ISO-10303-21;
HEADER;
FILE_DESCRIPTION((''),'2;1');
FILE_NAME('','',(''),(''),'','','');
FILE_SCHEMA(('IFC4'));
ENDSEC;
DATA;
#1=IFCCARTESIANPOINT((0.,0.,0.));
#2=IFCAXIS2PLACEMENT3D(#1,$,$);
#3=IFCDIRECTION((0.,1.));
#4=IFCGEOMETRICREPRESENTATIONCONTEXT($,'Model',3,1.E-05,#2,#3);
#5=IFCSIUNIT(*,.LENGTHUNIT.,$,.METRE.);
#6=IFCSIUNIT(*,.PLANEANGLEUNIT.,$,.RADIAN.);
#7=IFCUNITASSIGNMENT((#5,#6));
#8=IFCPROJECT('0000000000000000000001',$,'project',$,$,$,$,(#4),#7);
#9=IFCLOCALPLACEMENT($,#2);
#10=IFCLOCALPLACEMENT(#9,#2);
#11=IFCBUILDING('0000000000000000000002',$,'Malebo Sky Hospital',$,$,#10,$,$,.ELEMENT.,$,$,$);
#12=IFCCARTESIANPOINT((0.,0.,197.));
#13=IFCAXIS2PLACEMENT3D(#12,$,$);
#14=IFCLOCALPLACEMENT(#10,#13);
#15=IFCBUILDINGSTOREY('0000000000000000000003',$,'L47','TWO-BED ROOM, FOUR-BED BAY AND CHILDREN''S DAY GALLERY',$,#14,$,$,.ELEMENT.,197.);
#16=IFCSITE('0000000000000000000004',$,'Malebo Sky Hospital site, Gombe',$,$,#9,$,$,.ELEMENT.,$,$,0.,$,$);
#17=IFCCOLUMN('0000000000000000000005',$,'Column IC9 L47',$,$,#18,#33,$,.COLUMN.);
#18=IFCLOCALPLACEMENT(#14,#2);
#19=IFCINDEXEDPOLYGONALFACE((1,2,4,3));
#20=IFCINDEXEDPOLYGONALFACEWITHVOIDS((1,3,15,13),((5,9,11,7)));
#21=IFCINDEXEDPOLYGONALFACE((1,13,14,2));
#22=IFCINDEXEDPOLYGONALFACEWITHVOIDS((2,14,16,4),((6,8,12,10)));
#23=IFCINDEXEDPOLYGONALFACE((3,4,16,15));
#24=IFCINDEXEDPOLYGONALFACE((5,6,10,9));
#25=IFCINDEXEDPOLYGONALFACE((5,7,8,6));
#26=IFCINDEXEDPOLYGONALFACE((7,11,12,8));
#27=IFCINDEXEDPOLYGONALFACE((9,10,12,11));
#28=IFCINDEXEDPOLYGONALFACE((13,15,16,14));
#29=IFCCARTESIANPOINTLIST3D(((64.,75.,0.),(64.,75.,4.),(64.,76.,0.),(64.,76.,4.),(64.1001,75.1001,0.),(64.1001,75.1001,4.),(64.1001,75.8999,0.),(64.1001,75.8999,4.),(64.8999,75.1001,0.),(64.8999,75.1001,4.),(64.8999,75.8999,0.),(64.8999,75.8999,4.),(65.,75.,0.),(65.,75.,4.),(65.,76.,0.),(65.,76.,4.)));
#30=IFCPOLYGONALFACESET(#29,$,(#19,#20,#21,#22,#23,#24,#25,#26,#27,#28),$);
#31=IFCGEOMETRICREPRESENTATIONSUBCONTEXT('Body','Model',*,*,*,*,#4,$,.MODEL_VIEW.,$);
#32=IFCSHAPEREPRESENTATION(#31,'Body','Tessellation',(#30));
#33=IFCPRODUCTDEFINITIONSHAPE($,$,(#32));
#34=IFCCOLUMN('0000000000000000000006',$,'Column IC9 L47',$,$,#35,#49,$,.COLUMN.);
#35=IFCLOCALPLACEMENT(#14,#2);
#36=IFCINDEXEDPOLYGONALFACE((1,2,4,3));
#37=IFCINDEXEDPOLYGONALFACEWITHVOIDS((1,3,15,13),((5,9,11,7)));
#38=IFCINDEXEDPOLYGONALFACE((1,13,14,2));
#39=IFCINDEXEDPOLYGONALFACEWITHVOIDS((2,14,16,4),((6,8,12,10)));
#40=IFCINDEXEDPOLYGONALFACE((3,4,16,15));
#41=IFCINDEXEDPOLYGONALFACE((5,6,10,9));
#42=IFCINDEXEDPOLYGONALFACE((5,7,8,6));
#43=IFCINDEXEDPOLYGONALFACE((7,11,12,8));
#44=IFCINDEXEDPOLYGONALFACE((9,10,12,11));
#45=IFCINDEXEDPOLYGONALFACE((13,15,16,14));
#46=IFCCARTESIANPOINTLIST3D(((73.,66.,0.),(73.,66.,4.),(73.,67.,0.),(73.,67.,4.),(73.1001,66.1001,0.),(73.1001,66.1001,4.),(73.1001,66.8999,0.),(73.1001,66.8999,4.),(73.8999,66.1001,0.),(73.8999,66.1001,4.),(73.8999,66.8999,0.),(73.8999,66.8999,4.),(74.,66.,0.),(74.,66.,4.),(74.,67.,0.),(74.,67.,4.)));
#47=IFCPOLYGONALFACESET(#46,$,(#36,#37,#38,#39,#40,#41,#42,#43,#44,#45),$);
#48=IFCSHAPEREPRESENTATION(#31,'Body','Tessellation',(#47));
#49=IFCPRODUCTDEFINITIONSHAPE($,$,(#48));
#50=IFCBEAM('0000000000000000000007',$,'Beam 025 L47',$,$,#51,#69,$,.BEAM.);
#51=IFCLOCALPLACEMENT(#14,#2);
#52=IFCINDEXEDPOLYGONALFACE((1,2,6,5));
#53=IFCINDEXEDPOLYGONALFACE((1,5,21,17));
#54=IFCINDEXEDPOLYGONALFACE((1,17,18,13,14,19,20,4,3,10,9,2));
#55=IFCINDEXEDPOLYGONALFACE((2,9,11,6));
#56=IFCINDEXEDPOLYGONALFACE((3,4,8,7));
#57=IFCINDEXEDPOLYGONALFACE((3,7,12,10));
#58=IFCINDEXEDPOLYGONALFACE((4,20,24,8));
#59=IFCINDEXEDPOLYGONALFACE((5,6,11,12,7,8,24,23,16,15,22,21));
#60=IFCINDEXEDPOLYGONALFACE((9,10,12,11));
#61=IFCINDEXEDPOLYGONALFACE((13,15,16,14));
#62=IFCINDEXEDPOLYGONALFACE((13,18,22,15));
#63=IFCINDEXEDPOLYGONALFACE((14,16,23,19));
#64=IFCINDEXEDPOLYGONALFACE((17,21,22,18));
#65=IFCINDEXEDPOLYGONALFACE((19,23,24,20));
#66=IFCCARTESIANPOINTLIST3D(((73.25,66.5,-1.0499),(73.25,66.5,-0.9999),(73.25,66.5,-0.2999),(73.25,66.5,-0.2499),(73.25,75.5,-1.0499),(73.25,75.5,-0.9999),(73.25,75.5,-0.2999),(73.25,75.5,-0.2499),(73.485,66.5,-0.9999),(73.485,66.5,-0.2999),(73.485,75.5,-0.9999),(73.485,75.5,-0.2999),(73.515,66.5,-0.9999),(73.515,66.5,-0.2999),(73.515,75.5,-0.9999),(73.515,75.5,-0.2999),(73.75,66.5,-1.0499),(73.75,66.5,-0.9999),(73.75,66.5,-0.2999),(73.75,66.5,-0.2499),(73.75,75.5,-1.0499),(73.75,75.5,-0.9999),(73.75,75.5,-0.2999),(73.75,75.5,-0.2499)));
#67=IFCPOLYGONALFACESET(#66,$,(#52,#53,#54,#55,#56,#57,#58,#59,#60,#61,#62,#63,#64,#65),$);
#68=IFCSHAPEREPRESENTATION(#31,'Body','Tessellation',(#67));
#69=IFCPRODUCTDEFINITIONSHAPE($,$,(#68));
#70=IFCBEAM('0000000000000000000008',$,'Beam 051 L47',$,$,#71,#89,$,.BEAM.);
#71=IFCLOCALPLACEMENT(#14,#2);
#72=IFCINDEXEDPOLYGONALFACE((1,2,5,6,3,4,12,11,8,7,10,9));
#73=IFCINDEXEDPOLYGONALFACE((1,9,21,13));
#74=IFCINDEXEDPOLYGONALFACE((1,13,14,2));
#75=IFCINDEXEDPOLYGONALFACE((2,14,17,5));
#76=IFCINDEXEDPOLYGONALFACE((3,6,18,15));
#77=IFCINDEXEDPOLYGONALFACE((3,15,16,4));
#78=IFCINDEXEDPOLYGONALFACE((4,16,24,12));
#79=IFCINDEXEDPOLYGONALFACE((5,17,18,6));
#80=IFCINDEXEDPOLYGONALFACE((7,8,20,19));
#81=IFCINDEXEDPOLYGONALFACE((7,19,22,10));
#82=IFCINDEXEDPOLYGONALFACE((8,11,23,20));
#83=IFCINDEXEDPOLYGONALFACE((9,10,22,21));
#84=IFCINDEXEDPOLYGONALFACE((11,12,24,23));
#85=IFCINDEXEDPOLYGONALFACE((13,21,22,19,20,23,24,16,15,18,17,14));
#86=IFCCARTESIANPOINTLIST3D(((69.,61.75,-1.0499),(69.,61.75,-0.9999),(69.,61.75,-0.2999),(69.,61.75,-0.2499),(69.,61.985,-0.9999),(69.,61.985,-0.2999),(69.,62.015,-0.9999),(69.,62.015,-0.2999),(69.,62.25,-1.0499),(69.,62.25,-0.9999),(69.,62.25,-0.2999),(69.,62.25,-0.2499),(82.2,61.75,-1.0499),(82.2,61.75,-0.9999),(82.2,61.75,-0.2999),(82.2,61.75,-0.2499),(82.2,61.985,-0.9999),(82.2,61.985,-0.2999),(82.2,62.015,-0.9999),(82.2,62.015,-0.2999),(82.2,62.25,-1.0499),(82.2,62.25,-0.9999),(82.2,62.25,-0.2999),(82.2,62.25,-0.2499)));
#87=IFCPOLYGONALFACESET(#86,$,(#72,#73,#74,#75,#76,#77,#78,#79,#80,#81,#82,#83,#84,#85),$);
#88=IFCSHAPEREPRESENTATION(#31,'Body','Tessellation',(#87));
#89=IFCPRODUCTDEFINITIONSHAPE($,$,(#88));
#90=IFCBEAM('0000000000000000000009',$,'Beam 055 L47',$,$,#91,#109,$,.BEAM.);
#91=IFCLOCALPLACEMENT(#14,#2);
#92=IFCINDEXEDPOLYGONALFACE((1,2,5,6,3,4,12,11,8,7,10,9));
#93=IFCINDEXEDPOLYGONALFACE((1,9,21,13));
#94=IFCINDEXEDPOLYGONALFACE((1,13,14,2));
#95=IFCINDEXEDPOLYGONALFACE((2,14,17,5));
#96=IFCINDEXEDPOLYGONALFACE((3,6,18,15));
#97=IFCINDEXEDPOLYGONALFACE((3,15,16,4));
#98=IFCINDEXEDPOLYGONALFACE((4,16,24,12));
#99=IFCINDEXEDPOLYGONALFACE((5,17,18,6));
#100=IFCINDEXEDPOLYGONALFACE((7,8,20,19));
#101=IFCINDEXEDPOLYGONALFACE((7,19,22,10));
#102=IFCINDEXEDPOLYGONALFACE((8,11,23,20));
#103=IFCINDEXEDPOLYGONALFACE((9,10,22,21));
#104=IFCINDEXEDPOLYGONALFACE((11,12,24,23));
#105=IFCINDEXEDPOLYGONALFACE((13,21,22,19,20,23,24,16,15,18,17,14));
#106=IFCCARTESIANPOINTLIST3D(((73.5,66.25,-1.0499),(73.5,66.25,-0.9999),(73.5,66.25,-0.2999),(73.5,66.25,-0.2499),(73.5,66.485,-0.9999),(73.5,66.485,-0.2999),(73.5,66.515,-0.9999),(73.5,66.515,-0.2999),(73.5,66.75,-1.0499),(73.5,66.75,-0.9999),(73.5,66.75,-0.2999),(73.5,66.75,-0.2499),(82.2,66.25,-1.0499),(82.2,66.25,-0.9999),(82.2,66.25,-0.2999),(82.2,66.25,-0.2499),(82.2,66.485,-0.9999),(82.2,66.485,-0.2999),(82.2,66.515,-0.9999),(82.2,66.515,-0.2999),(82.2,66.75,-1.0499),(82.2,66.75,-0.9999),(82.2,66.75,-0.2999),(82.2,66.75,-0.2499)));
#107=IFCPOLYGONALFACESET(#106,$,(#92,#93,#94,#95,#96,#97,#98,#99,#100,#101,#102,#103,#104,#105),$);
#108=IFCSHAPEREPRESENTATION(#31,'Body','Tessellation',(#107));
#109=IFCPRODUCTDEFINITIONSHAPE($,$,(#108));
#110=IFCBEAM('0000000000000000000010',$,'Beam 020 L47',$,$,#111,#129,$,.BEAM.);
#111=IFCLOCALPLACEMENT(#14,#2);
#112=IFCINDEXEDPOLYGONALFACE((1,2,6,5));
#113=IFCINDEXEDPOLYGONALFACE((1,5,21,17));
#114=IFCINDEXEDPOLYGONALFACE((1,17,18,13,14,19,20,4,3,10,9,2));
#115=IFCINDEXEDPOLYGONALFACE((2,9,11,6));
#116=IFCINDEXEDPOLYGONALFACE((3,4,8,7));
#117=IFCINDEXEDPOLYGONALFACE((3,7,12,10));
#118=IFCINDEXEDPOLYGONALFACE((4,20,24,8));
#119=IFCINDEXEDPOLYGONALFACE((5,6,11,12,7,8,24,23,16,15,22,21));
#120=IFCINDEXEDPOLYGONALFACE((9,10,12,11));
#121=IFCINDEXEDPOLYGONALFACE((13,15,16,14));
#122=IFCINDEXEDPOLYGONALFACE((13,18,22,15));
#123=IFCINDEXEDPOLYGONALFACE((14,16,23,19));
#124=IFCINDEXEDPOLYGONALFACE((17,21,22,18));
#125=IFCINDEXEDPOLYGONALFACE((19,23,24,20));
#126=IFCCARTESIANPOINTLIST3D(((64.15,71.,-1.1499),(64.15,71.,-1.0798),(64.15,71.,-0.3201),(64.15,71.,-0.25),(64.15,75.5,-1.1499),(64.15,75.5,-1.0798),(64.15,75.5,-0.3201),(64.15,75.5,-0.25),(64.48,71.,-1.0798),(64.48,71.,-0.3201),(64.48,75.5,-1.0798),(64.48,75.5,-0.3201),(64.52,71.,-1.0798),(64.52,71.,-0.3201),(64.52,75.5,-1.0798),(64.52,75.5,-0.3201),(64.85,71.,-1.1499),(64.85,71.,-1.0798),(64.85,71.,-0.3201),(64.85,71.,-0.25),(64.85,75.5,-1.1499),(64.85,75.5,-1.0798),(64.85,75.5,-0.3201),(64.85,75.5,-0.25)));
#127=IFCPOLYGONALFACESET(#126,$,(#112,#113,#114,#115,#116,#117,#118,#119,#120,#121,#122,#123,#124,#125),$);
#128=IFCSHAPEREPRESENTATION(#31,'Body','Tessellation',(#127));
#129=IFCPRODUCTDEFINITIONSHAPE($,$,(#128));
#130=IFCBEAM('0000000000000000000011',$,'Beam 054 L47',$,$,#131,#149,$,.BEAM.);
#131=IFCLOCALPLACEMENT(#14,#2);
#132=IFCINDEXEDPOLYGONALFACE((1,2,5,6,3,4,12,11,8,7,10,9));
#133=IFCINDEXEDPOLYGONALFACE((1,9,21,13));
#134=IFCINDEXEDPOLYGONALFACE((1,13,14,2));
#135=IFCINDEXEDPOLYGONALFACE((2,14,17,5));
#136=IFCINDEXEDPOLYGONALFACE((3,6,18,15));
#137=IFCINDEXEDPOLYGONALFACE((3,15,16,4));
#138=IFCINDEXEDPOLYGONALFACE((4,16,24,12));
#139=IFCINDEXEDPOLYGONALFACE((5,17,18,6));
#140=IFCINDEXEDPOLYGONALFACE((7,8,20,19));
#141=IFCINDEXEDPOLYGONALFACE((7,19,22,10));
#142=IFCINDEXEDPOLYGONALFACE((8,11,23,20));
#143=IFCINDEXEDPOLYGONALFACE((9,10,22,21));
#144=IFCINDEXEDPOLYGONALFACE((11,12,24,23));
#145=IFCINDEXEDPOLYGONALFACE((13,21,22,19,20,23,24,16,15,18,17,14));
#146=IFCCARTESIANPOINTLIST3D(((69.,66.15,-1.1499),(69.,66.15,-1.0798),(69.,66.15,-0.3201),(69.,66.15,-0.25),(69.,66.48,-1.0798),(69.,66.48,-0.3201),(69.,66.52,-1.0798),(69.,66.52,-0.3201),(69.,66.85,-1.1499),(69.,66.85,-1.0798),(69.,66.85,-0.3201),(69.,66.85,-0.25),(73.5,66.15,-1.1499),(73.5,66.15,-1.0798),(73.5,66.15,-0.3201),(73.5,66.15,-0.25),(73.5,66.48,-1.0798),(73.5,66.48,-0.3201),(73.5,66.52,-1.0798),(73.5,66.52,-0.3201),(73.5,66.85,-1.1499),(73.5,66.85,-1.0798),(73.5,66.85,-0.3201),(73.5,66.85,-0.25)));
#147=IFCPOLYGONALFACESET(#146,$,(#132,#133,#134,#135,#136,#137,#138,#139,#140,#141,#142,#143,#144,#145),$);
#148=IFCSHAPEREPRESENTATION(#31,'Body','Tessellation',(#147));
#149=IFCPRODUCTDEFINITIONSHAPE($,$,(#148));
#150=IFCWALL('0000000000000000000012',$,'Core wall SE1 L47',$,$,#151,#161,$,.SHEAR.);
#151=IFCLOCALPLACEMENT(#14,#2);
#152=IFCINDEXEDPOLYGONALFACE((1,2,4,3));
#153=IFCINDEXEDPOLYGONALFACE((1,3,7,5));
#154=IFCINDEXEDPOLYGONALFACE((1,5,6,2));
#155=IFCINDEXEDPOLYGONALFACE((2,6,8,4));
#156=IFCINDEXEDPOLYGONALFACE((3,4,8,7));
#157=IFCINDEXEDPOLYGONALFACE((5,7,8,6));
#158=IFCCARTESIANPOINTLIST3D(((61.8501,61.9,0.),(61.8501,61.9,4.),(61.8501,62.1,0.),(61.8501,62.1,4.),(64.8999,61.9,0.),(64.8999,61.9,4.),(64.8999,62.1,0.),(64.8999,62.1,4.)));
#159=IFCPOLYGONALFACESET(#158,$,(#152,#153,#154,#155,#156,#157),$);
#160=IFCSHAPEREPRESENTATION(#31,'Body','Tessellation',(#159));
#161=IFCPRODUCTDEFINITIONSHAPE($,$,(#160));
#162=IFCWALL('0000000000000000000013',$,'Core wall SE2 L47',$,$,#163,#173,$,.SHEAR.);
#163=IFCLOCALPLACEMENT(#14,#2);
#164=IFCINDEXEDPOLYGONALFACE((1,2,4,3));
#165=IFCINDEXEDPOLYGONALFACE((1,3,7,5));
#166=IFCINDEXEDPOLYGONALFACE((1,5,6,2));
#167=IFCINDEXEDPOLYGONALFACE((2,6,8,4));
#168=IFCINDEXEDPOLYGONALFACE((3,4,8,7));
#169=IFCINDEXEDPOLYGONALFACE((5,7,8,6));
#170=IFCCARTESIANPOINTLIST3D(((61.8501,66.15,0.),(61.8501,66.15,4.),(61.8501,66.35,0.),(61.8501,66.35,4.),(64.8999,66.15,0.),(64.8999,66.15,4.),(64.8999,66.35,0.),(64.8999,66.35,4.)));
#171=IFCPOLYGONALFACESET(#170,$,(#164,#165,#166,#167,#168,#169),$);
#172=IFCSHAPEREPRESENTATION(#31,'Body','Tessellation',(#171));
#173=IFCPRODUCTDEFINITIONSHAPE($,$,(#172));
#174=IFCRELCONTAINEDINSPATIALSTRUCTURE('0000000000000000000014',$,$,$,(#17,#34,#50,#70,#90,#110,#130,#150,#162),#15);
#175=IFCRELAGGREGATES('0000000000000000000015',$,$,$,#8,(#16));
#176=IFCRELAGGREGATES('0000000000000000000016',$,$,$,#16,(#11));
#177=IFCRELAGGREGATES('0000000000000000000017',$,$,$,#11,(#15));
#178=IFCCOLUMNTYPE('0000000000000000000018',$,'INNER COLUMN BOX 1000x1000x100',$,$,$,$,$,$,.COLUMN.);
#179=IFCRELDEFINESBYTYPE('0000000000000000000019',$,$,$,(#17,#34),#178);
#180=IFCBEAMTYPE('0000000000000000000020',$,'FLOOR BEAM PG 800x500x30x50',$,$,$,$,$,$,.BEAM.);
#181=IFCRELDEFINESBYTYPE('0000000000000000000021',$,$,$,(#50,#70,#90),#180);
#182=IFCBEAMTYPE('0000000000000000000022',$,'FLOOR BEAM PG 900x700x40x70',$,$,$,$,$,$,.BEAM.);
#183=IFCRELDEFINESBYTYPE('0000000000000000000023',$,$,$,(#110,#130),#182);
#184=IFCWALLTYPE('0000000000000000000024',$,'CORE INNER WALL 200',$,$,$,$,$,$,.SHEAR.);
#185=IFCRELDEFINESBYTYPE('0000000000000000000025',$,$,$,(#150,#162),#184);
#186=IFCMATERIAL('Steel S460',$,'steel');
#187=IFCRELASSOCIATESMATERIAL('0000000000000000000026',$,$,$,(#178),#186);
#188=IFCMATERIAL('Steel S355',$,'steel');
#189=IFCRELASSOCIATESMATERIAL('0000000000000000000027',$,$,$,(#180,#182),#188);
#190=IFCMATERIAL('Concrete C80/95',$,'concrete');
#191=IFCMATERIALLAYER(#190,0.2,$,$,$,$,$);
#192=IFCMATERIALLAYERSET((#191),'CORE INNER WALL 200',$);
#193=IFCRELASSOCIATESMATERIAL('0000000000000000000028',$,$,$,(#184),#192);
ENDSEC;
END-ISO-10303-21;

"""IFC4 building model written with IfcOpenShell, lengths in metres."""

from ifc_helpers import new_model, si_unit, direction, frame, frame_2d, origin, origin_2d, place, context, subcontext, project, spatial, rectangle, hollow_rectangle, i_section, extrude, material, layer, layer_set, material_profile, profile_set, type_object, element, save


model = new_model("IFC4")

# Units and contexts
model_context = context("Model", 3, precision=1e-05, world=origin(), true_north=direction((0.0, 1.0)))
body_context = subcontext(model_context, "Body", "Model", "MODEL_VIEW")
ifc_project = project(units=[si_unit("LENGTHUNIT", "METRE"), si_unit("PLANEANGLEUNIT", "RADIAN")], contexts=[model_context])

# Site, building, storey
site_placement = place(None, origin())
site = spatial("IfcSite", under=ifc_project, at=site_placement, Name="Malebo Sky Hospital site, Gombe", CompositionType="ELEMENT", RefElevation=0.0)
building_placement = place(site_placement, origin())
building = spatial("IfcBuilding", under=site, at=building_placement, Name="Malebo Sky Hospital", CompositionType="ELEMENT")
storey_placement = place(building_placement, frame((0.0, 0.0, 197.0)))
storey = spatial("IfcBuildingStorey", under=building, at=storey_placement, Name="L47", Description="TWO-BED ROOM, FOUR-BED BAY AND CHILDREN'S DAY GALLERY", CompositionType="ELEMENT", Elevation=197.0)

# Columns
ifc_material_1 = material(Name="Steel S460", Category="steel")
ifc_material_profile_1 = material_profile(ifc_material_1, hollow_rectangle(XDim=1.0, YDim=1.0, WallThickness=0.1001, at=origin_2d()), Name="BOX 1000x1000x100")
ifc_profile_set_1 = profile_set([ifc_material_profile_1], Name="Steel S460")
column_type = type_object("IfcColumnType", Name="INNER COLUMN BOX 1000x1000x100", PredefinedType="COLUMN", material=ifc_profile_set_1)
for number, where, z_axis, x_axis, name in (
    (1, (64.5, 75.5, 0.0), (0.0, 0.0, 1.0), (1.0, 0.0, 0.0), "Column IC9 L47"),
    (2, (73.5, 66.5, 0.0), (0.0, 0.0, 1.0), (1.0, 0.0, 0.0), "Column IC9 L47"),
):
    element("IfcColumn", number, at=place(storey_placement, frame(where, z_axis=z_axis, x_axis=x_axis)), inside=storey, type_object=column_type, Name=name, PredefinedType="COLUMN", context=body_context, shape_type="SweptSolid", body=[
        extrude(hollow_rectangle(XDim=1.0, YDim=1.0, WallThickness=0.1001, at=origin_2d()), origin(), (0.0, 0.0, 1.0), 4.0),
    ])

# Beams
ifc_material_2 = material(Name="Steel S355", Category="steel")
ifc_material_profile_2 = material_profile(ifc_material_2, i_section(OverallWidth=0.5, OverallDepth=0.8, WebThickness=0.03, FlangeThickness=0.05, at=origin_2d()), Name="PG 800x500x30x50")
ifc_profile_set_2 = profile_set([ifc_material_profile_2], Name="Steel S355")
beam_type_1 = type_object("IfcBeamType", Name="FLOOR BEAM PG 800x500x30x50", PredefinedType="BEAM", material=ifc_profile_set_2)
beam_1_placement = place(storey_placement, frame((73.5, 66.5, -0.6499), z_axis=(0.0, 1.0, 0.0), x_axis=(-1.0, 0.0, 0.0)))
element("IfcBeam", 3, at=beam_1_placement, inside=storey, type_object=beam_type_1, Name="Beam 025 L47", PredefinedType="BEAM", context=body_context, shape_type="SweptSolid", body=[
    extrude(i_section(OverallWidth=0.5, OverallDepth=0.8, WebThickness=0.03, FlangeThickness=0.05, at=origin_2d()), origin(), (0.0, 0.0, 1.0), 9.0),
])
beam_2_placement = place(storey_placement, frame((69.0, 62.0, -0.6499), z_axis=(1.0, 0.0, 0.0), x_axis=(0.0, 1.0, 0.0)))
element("IfcBeam", 4, at=beam_2_placement, inside=storey, type_object=beam_type_1, Name="Beam 051 L47", PredefinedType="BEAM", context=body_context, shape_type="SweptSolid", body=[
    extrude(i_section(OverallWidth=0.5, OverallDepth=0.8, WebThickness=0.03, FlangeThickness=0.05, at=origin_2d()), origin(), (0.0, 0.0, 1.0), 13.2),
])
beam_3_placement = place(storey_placement, frame((73.5, 66.5, -0.6499), z_axis=(1.0, 0.0, 0.0), x_axis=(0.0, 1.0, 0.0)))
element("IfcBeam", 5, at=beam_3_placement, inside=storey, type_object=beam_type_1, Name="Beam 055 L47", PredefinedType="BEAM", context=body_context, shape_type="SweptSolid", body=[
    extrude(i_section(OverallWidth=0.5, OverallDepth=0.8, WebThickness=0.03, FlangeThickness=0.05, at=origin_2d()), origin(), (0.0, 0.0, 1.0), 8.7),
])
ifc_material_profile_3 = material_profile(ifc_material_2, i_section(OverallWidth=0.7, OverallDepth=0.8999, WebThickness=0.04, FlangeThickness=0.0701, at=origin_2d()), Name="PG 900x700x40x70")
ifc_profile_set_3 = profile_set([ifc_material_profile_3], Name="Steel S355")
beam_type_2 = type_object("IfcBeamType", Name="FLOOR BEAM PG 900x700x40x70", PredefinedType="BEAM", material=ifc_profile_set_3)
for number, where, z_axis, x_axis, name in (
    (6, (64.5, 71.0, -0.7), (0.0, 1.0, 0.0), (-1.0, 0.0, 0.0), "Beam 020 L47"),
    (7, (69.0, 66.5, -0.7), (1.0, 0.0, 0.0), (0.0, 1.0, 0.0), "Beam 054 L47"),
):
    element("IfcBeam", number, at=place(storey_placement, frame(where, z_axis=z_axis, x_axis=x_axis)), inside=storey, type_object=beam_type_2, Name=name, PredefinedType="BEAM", context=body_context, shape_type="SweptSolid", body=[
        extrude(i_section(OverallWidth=0.7, OverallDepth=0.8999, WebThickness=0.04, FlangeThickness=0.0701, at=origin_2d()), origin(), (0.0, 0.0, 1.0), 4.5),
    ])

# Walls
ifc_material_3 = material(Name="Concrete C80/95", Category="concrete")
ifc_layer_1 = layer(ifc_material_3, 0.2)
ifc_layer_set_1 = layer_set([ifc_layer_1], Name="CORE INNER WALL 200")
wall_type_1 = type_object("IfcWallType", Name="CORE INNER WALL 200", PredefinedType="SHEAR", material=ifc_layer_set_1)
for number, where, z_axis, x_axis, name in (
    (8, (61.8501, 62.0, 0.0), (0.0, 0.0, 1.0), (1.0, 0.0, 0.0), "Core wall SE1 L47"),
    (9, (61.8501, 66.25, 0.0), (0.0, 0.0, 1.0), (1.0, 0.0, 0.0), "Core wall SE2 L47"),
):
    element("IfcWall", number, at=place(storey_placement, frame(where, z_axis=z_axis, x_axis=x_axis)), inside=storey, type_object=wall_type_1, Name=name, PredefinedType="SHEAR", context=body_context, shape_type="SweptSolid", body=[
        extrude(rectangle(XDim=3.0498, YDim=0.2, at=frame_2d((1.5249, 0.0))), origin(), (0.0, 0.0, 1.0), 4.0),
    ])

save(model, "model.ifc")
